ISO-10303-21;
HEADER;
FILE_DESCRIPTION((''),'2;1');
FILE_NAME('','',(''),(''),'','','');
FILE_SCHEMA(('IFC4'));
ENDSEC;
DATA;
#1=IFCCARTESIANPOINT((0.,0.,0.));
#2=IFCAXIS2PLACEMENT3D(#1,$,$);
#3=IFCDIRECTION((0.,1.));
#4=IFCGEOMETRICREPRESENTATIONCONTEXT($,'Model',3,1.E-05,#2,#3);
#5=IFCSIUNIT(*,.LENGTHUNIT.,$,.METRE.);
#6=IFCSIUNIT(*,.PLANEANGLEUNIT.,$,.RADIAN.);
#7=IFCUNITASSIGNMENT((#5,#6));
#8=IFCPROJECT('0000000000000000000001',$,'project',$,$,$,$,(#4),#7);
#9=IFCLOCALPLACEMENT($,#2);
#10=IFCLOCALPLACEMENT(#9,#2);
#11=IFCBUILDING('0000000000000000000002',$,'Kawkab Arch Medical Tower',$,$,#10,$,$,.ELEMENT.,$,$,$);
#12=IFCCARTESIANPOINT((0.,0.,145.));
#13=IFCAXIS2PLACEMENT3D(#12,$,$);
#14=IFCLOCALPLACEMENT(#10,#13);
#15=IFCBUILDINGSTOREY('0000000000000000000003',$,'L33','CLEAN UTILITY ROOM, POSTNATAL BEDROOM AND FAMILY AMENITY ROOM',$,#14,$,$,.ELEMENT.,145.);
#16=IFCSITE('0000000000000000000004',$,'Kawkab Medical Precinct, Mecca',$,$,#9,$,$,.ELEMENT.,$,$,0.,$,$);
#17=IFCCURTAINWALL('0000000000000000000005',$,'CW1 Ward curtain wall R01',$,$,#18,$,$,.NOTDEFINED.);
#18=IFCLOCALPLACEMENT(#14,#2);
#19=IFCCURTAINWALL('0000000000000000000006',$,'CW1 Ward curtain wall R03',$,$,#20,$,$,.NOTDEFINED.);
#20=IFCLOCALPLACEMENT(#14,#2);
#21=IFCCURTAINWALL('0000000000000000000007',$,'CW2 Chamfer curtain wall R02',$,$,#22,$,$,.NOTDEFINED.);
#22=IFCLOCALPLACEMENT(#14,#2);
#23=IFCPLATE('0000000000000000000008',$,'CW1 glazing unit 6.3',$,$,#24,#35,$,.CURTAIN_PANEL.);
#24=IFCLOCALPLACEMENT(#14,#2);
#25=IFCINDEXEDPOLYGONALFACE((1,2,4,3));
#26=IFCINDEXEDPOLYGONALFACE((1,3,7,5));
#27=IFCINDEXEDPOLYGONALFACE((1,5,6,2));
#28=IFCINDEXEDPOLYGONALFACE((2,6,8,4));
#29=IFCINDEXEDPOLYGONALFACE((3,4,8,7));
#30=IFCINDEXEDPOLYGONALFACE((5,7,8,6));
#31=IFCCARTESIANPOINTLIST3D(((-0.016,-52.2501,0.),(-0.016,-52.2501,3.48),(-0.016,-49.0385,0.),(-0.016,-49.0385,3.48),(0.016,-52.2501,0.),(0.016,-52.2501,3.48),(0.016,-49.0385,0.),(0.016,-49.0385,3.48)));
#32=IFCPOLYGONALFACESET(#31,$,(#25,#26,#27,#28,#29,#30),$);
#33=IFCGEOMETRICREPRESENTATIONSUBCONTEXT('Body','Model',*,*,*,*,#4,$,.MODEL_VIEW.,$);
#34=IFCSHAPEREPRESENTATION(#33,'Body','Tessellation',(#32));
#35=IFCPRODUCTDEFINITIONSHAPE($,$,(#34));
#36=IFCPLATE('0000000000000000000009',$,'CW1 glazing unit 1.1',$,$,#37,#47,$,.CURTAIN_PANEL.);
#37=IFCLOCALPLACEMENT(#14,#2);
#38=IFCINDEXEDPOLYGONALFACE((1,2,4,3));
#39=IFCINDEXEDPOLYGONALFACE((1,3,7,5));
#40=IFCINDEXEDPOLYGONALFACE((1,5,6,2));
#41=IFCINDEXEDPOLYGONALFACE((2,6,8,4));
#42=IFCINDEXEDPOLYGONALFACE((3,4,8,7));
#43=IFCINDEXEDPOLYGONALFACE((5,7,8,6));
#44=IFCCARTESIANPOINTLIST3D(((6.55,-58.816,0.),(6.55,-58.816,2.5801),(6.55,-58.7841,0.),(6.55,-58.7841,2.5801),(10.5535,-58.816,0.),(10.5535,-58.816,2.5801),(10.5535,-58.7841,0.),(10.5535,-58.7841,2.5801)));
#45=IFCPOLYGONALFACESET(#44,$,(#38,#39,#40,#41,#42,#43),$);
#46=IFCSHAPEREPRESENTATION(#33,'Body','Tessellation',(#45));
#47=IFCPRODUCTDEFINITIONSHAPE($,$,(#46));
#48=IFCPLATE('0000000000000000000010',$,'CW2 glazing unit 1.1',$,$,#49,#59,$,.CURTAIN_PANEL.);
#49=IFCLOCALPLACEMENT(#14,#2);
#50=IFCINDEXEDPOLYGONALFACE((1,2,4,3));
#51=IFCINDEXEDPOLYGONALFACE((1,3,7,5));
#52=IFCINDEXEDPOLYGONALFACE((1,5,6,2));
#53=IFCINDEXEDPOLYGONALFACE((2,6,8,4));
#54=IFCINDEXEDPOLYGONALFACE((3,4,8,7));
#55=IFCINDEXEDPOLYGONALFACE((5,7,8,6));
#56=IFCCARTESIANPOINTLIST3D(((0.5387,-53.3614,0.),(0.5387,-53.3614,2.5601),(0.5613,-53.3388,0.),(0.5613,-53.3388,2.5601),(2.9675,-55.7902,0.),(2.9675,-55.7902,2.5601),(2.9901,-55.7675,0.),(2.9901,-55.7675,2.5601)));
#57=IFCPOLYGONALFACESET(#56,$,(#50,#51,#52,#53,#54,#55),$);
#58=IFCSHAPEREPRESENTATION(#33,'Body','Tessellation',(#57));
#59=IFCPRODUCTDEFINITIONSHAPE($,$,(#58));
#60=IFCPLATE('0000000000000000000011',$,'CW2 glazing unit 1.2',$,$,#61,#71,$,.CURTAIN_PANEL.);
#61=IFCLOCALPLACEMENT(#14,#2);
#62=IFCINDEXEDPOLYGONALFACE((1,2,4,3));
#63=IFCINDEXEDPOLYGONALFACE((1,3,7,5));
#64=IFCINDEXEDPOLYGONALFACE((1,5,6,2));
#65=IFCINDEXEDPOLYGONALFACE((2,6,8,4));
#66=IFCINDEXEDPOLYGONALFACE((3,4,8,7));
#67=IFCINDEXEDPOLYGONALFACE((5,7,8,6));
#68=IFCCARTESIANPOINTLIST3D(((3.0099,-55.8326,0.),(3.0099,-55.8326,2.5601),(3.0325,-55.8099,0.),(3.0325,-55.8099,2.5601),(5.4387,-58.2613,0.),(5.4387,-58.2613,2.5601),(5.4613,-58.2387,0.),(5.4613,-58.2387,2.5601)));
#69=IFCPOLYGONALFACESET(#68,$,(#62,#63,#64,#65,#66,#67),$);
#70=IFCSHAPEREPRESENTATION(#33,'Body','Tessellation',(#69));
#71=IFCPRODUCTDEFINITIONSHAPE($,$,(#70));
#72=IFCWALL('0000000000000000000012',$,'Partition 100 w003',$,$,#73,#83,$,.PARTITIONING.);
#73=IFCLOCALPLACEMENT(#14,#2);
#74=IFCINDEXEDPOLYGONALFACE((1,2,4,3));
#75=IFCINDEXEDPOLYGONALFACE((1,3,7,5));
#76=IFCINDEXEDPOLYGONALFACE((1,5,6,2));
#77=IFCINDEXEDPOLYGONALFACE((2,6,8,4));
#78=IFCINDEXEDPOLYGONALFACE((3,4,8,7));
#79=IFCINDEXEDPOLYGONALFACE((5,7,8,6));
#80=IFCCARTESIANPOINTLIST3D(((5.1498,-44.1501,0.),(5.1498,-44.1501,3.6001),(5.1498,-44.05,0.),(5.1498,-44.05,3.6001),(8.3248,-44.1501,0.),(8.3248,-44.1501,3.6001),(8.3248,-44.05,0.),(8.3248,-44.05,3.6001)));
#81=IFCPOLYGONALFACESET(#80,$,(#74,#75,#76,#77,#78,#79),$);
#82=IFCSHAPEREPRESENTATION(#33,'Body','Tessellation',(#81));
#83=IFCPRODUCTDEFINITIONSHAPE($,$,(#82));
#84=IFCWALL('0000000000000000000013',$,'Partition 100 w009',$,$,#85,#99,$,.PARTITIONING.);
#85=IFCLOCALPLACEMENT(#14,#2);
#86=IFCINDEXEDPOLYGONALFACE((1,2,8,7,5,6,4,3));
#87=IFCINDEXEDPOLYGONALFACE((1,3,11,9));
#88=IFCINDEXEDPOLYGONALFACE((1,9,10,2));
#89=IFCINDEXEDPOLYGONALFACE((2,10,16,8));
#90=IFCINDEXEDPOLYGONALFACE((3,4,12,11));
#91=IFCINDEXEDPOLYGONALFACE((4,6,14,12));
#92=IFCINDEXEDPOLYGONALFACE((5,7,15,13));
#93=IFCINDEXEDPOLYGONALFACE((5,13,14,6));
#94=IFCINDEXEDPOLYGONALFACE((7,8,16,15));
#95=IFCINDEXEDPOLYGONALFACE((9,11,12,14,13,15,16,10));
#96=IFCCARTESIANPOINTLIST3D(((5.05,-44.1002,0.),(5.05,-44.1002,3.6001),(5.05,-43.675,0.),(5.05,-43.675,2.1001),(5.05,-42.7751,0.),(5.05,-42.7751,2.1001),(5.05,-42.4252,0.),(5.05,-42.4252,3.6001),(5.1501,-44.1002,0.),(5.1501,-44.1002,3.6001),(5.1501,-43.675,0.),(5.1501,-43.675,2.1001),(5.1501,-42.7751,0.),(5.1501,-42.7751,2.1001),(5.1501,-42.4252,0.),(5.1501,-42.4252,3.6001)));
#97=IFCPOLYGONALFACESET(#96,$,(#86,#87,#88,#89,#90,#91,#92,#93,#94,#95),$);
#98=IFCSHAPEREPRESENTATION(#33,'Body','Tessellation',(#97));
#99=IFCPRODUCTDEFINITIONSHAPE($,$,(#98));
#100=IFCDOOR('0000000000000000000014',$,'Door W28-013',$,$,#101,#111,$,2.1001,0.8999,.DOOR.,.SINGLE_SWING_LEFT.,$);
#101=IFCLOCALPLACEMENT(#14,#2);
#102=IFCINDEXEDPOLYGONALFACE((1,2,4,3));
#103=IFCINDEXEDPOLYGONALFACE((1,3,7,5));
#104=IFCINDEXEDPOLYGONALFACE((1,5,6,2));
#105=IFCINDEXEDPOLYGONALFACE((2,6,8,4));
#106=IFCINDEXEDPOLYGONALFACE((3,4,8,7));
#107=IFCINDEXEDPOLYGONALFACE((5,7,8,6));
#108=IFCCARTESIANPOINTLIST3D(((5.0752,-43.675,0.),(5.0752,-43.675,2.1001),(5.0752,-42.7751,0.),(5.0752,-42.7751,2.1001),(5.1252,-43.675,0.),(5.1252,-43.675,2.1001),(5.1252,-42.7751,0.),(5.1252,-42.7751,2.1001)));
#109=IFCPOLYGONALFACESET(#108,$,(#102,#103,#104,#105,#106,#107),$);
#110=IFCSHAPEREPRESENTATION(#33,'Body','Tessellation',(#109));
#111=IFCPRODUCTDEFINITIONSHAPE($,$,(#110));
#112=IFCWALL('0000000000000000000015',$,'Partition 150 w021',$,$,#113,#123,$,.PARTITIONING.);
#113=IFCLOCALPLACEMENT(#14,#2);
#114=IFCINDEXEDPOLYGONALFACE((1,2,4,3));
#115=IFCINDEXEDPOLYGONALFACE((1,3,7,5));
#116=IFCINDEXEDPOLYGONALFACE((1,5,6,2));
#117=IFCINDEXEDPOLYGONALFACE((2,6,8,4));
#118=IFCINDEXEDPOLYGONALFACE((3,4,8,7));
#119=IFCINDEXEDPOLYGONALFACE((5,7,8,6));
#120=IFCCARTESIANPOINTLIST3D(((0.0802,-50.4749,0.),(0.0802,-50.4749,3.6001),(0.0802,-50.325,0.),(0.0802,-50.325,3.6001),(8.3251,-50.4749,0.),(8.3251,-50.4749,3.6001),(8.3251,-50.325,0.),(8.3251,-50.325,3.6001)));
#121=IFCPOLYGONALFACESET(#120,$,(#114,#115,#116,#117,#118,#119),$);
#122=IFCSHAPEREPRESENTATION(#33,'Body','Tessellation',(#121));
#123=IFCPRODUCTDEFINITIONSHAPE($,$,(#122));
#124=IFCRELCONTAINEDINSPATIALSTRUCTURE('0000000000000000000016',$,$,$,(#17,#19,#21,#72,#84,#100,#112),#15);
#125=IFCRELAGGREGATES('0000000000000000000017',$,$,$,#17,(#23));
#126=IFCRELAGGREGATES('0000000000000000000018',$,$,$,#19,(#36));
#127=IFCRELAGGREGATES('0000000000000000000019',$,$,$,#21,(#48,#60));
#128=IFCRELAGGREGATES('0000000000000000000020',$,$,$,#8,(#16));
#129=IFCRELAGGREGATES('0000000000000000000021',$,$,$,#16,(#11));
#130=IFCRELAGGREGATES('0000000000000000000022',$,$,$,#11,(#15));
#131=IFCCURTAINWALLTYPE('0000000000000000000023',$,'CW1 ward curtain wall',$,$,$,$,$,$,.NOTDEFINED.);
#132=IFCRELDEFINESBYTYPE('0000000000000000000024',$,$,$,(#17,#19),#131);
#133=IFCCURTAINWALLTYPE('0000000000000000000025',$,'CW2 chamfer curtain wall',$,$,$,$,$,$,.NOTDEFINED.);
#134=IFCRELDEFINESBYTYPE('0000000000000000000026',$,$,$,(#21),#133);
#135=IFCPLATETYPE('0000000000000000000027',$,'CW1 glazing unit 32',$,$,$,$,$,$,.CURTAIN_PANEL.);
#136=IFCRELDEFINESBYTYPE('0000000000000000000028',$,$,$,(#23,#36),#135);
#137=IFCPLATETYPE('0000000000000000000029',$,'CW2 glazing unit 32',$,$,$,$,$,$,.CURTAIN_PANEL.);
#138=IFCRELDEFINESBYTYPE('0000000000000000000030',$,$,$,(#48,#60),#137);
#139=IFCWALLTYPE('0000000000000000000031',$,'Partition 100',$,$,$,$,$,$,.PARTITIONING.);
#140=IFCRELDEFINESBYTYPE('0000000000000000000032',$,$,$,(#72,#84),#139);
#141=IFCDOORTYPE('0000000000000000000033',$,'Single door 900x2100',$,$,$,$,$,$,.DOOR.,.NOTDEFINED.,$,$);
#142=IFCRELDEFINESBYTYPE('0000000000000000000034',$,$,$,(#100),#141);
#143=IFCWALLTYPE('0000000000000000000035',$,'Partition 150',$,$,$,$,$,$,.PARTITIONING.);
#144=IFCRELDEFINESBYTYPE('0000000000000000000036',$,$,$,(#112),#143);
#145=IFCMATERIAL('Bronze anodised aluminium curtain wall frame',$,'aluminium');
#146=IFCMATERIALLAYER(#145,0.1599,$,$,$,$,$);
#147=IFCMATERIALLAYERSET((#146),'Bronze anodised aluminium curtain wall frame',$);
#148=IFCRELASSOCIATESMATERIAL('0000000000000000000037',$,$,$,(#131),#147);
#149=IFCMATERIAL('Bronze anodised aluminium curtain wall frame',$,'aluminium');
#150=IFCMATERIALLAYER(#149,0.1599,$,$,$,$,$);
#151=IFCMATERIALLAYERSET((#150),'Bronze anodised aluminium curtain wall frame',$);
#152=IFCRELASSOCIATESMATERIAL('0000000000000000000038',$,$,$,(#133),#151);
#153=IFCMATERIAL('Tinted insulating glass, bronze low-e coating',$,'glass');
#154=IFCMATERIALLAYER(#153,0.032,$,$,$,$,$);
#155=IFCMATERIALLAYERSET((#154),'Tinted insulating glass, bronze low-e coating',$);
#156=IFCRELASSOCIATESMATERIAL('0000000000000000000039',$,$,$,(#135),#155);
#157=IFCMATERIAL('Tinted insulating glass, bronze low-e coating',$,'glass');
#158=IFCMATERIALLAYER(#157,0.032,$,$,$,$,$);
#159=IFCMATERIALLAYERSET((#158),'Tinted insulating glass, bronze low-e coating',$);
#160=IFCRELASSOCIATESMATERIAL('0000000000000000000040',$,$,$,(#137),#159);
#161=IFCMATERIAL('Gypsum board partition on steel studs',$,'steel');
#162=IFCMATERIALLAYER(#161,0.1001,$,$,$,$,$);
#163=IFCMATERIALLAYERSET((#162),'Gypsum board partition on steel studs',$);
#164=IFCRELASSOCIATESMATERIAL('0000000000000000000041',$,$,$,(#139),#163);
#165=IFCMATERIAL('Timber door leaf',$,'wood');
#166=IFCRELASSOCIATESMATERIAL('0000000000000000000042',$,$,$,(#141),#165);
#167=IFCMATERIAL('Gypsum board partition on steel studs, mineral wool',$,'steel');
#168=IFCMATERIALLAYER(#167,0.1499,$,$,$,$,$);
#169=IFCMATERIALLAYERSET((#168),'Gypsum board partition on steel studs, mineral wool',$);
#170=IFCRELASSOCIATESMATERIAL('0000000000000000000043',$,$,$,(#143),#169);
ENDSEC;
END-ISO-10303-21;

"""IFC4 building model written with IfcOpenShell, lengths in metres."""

from ifc_helpers import new_model, si_unit, direction, frame, frame_2d, origin, origin_2d, place, context, subcontext, project, spatial, rectangle, extrude, material, layer, layer_set, type_object, element, fill, aggregate, save


model = new_model("IFC4")

# Units and contexts
model_context = context("Model", 3, precision=1e-05, world=origin(), true_north=direction((0.0, 1.0)))
body_context = subcontext(model_context, "Body", "Model", "MODEL_VIEW")
ifc_project = project(units=[si_unit("LENGTHUNIT", "METRE"), si_unit("PLANEANGLEUNIT", "RADIAN")], contexts=[model_context])

# Site, building, storey
site_placement = place(None, origin())
site = spatial("IfcSite", under=ifc_project, at=site_placement, Name="Kawkab Medical Precinct, Mecca", CompositionType="ELEMENT", RefElevation=0.0)
building_placement = place(site_placement, origin())
building = spatial("IfcBuilding", under=site, at=building_placement, Name="Kawkab Arch Medical Tower", CompositionType="ELEMENT")
storey_placement = place(building_placement, frame((0.0, 0.0, 145.0)))
storey = spatial("IfcBuildingStorey", under=building, at=storey_placement, Name="L33", Description="CLEAN UTILITY ROOM, POSTNATAL BEDROOM AND FAMILY AMENITY ROOM", CompositionType="ELEMENT", Elevation=145.0)

# Curtain walls
ifc_material_1 = material(Name="Bronze anodised aluminium curtain wall frame", Category="aluminium")
ifc_layer_1 = layer(ifc_material_1, 0.1599)
ifc_layer_set_1 = layer_set([ifc_layer_1], Name="Bronze anodised aluminium curtain wall frame")
curtain_wall_type_1 = type_object("IfcCurtainWallType", Name="CW1 ward curtain wall", PredefinedType="NOTDEFINED", material=ifc_layer_set_1)
placement = place(storey_placement, origin())
curtain_wall_1 = element("IfcCurtainWall", 1, at=placement, inside=storey, type_object=curtain_wall_type_1, Name="CW1 Ward curtain wall R01", PredefinedType="NOTDEFINED")
curtain_wall_2 = element("IfcCurtainWall", 2, at=placement, inside=storey, type_object=curtain_wall_type_1, Name="CW1 Ward curtain wall R03", PredefinedType="NOTDEFINED")
ifc_material_2 = material(Name="Bronze anodised aluminium curtain wall frame", Category="aluminium")
ifc_layer_2 = layer(ifc_material_2, 0.1599)
ifc_layer_set_2 = layer_set([ifc_layer_2], Name="Bronze anodised aluminium curtain wall frame")
curtain_wall_type_2 = type_object("IfcCurtainWallType", Name="CW2 chamfer curtain wall", PredefinedType="NOTDEFINED", material=ifc_layer_set_2)
curtain_wall_3 = element("IfcCurtainWall", 3, at=placement, inside=storey, type_object=curtain_wall_type_2, Name="CW2 Chamfer curtain wall R02", PredefinedType="NOTDEFINED")

# Plates
ifc_material_3 = material(Name="Tinted insulating glass, bronze low-e coating", Category="glass")
ifc_layer_3 = layer(ifc_material_3, 0.032)
ifc_layer_set_3 = layer_set([ifc_layer_3], Name="Tinted insulating glass, bronze low-e coating")
plate_type_1 = type_object("IfcPlateType", Name="CW1 glazing unit 32", PredefinedType="CURTAIN_PANEL", material=ifc_layer_set_3)
plate_1_placement = place(storey_placement, frame((0.0, -50.6443, 0.0), z_axis=(0.0, 0.0, 1.0), x_axis=(0.0, -1.0, 0.0)))
plate_1 = element("IfcPlate", 4, at=plate_1_placement, type_object=plate_type_1, Name="CW1 glazing unit 6.3", PredefinedType="CURTAIN_PANEL", context=body_context, shape_type="SweptSolid", body=[
    extrude(rectangle(XDim=3.2117, YDim=0.032, at=origin_2d()), origin(), (0.0, 0.0, 1.0), 3.48),
])
aggregate(curtain_wall_1, [plate_1])
plate_2_placement = place(storey_placement, frame((8.5518, -58.8, 0.0), z_axis=(0.0, 0.0, 1.0), x_axis=(1.0, 0.0, 0.0)))
plate_2 = element("IfcPlate", 5, at=plate_2_placement, type_object=plate_type_1, Name="CW1 glazing unit 1.1", PredefinedType="CURTAIN_PANEL", context=body_context, shape_type="SweptSolid", body=[
    extrude(rectangle(XDim=4.0034, YDim=0.032, at=origin_2d()), origin(), (0.0, 0.0, 1.0), 2.5801),
])
aggregate(curtain_wall_2, [plate_2])
ifc_material_4 = material(Name="Tinted insulating glass, bronze low-e coating", Category="glass")
ifc_layer_4 = layer(ifc_material_4, 0.032)
ifc_layer_set_4 = layer_set([ifc_layer_4], Name="Tinted insulating glass, bronze low-e coating")
plate_type_2 = type_object("IfcPlateType", Name="CW2 glazing unit 32", PredefinedType="CURTAIN_PANEL", material=ifc_layer_set_4)
plate_3_placement = place(storey_placement, frame((1.7644, -54.5645, 0.0), z_axis=(0.0, 0.0, 1.0), x_axis=(0.707107, -0.707107, 0.0)))
plate_3 = element("IfcPlate", 6, at=plate_3_placement, type_object=plate_type_2, Name="CW2 glazing unit 1.1", PredefinedType="CURTAIN_PANEL", context=body_context, shape_type="SweptSolid", body=[
    extrude(rectangle(XDim=3.4348, YDim=0.032, at=origin_2d()), origin(), (0.0, 0.0, 1.0), 2.5601),
])
plate_4_placement = place(storey_placement, frame((4.2356, -57.0356, 0.0), z_axis=(0.0, 0.0, 1.0), x_axis=(0.707107, -0.707107, 0.0)))
plate_4 = element("IfcPlate", 7, at=plate_4_placement, type_object=plate_type_2, Name="CW2 glazing unit 1.2", PredefinedType="CURTAIN_PANEL", context=body_context, shape_type="SweptSolid", body=[
    extrude(rectangle(XDim=3.4348, YDim=0.032, at=origin_2d()), origin(), (0.0, 0.0, 1.0), 2.5601),
])
aggregate(curtain_wall_3, [plate_3, plate_4])

# Wall
ifc_material_5 = material(Name="Gypsum board partition on steel studs", Category="steel")
ifc_layer_5 = layer(ifc_material_5, 0.1001)
ifc_layer_set_5 = layer_set([ifc_layer_5], Name="Gypsum board partition on steel studs")
wall_type_1 = type_object("IfcWallType", Name="Partition 100", PredefinedType="PARTITIONING", material=ifc_layer_set_5)
wall_1_placement = place(storey_placement, frame((5.1499, -44.1001, 0.0), z_axis=(0.0, 0.0, 1.0), x_axis=(1.0, 0.0, 0.0)))
element("IfcWall", 8, at=wall_1_placement, inside=storey, type_object=wall_type_1, Name="Partition 100 w003", PredefinedType="PARTITIONING", context=body_context, shape_type="SweptSolid", body=[
    extrude(rectangle(XDim=3.175, YDim=0.1001, at=frame_2d((1.5874, 0.0))), origin(), (0.0, 0.0, 1.0), 3.6001),
])

# Wall, opening, door
wall_2_placement = place(storey_placement, frame((5.1001, -44.1001, 0.0), z_axis=(0.0, 0.0, 1.0), x_axis=(0.0, 1.0, 0.0)))
wall_2 = element("IfcWall", 9, at=wall_2_placement, inside=storey, type_object=wall_type_1, Name="Partition 100 w009", PredefinedType="PARTITIONING", context=body_context, shape_type="SweptSolid", body=[
    extrude(rectangle(XDim=1.675, YDim=0.1001, at=frame_2d((0.8374, 0.0))), origin(), (0.0, 0.0, 1.0), 3.6001),
])
opening_1_placement = place(wall_2_placement, frame((0.425, 0.0, 0.0)))
opening_1 = element("IfcOpeningElement", 10, at=opening_1_placement, cuts=wall_2, PredefinedType="OPENING", context=body_context, shape_type="SweptSolid", body=[
    extrude(rectangle(XDim=0.8999, YDim=2.1001, at=frame_2d((0.45, 1.05))), frame((0.0, 0.0601, 0.0), z_axis=(0.0, -1.0, 0.0), x_axis=(1.0, 0.0, 0.0)), (0.0, 0.0, 1.0), 0.1201),
])
ifc_material_6 = material(Name="Timber door leaf", Category="wood")
door_type_1 = type_object("IfcDoorType", Name="Single door 900x2100", OperationType="NOTDEFINED", PredefinedType="DOOR", material=ifc_material_6)
door_1_placement = place(opening_1_placement, origin())
door_1 = element("IfcDoor", 11, at=door_1_placement, inside=storey, type_object=door_type_1, Name="Door W28-013", OperationType="SINGLE_SWING_LEFT", OverallHeight=2.1001, OverallWidth=0.8999, PredefinedType="DOOR", context=body_context, shape_type="SweptSolid", body=[
    extrude(rectangle(XDim=0.8999, YDim=2.1001, at=frame_2d((0.45, 1.05))), frame((0.0, 0.0249, 0.0), z_axis=(0.0, -1.0, 0.0), x_axis=(1.0, 0.0, 0.0)), (0.0, 0.0, 1.0), 0.05),
])
fill(opening_1, door_1)

# Wall
ifc_material_7 = material(Name="Gypsum board partition on steel studs, mineral wool", Category="steel")
ifc_layer_6 = layer(ifc_material_7, 0.1499)
ifc_layer_set_6 = layer_set([ifc_layer_6], Name="Gypsum board partition on steel studs, mineral wool")
wall_type_2 = type_object("IfcWallType", Name="Partition 150", PredefinedType="PARTITIONING", material=ifc_layer_set_6)
wall_3_placement = place(storey_placement, frame((0.0801, -50.3999, 0.0), z_axis=(0.0, 0.0, 1.0), x_axis=(1.0, 0.0, 0.0)))
element("IfcWall", 12, at=wall_3_placement, inside=storey, type_object=wall_type_2, Name="Partition 150 w021", PredefinedType="PARTITIONING", context=body_context, shape_type="SweptSolid", body=[
    extrude(rectangle(XDim=8.2449, YDim=0.1499, at=frame_2d((4.1226, 0.0))), origin(), (0.0, 0.0, 1.0), 3.6001),
])

save(model, "model.ifc")
